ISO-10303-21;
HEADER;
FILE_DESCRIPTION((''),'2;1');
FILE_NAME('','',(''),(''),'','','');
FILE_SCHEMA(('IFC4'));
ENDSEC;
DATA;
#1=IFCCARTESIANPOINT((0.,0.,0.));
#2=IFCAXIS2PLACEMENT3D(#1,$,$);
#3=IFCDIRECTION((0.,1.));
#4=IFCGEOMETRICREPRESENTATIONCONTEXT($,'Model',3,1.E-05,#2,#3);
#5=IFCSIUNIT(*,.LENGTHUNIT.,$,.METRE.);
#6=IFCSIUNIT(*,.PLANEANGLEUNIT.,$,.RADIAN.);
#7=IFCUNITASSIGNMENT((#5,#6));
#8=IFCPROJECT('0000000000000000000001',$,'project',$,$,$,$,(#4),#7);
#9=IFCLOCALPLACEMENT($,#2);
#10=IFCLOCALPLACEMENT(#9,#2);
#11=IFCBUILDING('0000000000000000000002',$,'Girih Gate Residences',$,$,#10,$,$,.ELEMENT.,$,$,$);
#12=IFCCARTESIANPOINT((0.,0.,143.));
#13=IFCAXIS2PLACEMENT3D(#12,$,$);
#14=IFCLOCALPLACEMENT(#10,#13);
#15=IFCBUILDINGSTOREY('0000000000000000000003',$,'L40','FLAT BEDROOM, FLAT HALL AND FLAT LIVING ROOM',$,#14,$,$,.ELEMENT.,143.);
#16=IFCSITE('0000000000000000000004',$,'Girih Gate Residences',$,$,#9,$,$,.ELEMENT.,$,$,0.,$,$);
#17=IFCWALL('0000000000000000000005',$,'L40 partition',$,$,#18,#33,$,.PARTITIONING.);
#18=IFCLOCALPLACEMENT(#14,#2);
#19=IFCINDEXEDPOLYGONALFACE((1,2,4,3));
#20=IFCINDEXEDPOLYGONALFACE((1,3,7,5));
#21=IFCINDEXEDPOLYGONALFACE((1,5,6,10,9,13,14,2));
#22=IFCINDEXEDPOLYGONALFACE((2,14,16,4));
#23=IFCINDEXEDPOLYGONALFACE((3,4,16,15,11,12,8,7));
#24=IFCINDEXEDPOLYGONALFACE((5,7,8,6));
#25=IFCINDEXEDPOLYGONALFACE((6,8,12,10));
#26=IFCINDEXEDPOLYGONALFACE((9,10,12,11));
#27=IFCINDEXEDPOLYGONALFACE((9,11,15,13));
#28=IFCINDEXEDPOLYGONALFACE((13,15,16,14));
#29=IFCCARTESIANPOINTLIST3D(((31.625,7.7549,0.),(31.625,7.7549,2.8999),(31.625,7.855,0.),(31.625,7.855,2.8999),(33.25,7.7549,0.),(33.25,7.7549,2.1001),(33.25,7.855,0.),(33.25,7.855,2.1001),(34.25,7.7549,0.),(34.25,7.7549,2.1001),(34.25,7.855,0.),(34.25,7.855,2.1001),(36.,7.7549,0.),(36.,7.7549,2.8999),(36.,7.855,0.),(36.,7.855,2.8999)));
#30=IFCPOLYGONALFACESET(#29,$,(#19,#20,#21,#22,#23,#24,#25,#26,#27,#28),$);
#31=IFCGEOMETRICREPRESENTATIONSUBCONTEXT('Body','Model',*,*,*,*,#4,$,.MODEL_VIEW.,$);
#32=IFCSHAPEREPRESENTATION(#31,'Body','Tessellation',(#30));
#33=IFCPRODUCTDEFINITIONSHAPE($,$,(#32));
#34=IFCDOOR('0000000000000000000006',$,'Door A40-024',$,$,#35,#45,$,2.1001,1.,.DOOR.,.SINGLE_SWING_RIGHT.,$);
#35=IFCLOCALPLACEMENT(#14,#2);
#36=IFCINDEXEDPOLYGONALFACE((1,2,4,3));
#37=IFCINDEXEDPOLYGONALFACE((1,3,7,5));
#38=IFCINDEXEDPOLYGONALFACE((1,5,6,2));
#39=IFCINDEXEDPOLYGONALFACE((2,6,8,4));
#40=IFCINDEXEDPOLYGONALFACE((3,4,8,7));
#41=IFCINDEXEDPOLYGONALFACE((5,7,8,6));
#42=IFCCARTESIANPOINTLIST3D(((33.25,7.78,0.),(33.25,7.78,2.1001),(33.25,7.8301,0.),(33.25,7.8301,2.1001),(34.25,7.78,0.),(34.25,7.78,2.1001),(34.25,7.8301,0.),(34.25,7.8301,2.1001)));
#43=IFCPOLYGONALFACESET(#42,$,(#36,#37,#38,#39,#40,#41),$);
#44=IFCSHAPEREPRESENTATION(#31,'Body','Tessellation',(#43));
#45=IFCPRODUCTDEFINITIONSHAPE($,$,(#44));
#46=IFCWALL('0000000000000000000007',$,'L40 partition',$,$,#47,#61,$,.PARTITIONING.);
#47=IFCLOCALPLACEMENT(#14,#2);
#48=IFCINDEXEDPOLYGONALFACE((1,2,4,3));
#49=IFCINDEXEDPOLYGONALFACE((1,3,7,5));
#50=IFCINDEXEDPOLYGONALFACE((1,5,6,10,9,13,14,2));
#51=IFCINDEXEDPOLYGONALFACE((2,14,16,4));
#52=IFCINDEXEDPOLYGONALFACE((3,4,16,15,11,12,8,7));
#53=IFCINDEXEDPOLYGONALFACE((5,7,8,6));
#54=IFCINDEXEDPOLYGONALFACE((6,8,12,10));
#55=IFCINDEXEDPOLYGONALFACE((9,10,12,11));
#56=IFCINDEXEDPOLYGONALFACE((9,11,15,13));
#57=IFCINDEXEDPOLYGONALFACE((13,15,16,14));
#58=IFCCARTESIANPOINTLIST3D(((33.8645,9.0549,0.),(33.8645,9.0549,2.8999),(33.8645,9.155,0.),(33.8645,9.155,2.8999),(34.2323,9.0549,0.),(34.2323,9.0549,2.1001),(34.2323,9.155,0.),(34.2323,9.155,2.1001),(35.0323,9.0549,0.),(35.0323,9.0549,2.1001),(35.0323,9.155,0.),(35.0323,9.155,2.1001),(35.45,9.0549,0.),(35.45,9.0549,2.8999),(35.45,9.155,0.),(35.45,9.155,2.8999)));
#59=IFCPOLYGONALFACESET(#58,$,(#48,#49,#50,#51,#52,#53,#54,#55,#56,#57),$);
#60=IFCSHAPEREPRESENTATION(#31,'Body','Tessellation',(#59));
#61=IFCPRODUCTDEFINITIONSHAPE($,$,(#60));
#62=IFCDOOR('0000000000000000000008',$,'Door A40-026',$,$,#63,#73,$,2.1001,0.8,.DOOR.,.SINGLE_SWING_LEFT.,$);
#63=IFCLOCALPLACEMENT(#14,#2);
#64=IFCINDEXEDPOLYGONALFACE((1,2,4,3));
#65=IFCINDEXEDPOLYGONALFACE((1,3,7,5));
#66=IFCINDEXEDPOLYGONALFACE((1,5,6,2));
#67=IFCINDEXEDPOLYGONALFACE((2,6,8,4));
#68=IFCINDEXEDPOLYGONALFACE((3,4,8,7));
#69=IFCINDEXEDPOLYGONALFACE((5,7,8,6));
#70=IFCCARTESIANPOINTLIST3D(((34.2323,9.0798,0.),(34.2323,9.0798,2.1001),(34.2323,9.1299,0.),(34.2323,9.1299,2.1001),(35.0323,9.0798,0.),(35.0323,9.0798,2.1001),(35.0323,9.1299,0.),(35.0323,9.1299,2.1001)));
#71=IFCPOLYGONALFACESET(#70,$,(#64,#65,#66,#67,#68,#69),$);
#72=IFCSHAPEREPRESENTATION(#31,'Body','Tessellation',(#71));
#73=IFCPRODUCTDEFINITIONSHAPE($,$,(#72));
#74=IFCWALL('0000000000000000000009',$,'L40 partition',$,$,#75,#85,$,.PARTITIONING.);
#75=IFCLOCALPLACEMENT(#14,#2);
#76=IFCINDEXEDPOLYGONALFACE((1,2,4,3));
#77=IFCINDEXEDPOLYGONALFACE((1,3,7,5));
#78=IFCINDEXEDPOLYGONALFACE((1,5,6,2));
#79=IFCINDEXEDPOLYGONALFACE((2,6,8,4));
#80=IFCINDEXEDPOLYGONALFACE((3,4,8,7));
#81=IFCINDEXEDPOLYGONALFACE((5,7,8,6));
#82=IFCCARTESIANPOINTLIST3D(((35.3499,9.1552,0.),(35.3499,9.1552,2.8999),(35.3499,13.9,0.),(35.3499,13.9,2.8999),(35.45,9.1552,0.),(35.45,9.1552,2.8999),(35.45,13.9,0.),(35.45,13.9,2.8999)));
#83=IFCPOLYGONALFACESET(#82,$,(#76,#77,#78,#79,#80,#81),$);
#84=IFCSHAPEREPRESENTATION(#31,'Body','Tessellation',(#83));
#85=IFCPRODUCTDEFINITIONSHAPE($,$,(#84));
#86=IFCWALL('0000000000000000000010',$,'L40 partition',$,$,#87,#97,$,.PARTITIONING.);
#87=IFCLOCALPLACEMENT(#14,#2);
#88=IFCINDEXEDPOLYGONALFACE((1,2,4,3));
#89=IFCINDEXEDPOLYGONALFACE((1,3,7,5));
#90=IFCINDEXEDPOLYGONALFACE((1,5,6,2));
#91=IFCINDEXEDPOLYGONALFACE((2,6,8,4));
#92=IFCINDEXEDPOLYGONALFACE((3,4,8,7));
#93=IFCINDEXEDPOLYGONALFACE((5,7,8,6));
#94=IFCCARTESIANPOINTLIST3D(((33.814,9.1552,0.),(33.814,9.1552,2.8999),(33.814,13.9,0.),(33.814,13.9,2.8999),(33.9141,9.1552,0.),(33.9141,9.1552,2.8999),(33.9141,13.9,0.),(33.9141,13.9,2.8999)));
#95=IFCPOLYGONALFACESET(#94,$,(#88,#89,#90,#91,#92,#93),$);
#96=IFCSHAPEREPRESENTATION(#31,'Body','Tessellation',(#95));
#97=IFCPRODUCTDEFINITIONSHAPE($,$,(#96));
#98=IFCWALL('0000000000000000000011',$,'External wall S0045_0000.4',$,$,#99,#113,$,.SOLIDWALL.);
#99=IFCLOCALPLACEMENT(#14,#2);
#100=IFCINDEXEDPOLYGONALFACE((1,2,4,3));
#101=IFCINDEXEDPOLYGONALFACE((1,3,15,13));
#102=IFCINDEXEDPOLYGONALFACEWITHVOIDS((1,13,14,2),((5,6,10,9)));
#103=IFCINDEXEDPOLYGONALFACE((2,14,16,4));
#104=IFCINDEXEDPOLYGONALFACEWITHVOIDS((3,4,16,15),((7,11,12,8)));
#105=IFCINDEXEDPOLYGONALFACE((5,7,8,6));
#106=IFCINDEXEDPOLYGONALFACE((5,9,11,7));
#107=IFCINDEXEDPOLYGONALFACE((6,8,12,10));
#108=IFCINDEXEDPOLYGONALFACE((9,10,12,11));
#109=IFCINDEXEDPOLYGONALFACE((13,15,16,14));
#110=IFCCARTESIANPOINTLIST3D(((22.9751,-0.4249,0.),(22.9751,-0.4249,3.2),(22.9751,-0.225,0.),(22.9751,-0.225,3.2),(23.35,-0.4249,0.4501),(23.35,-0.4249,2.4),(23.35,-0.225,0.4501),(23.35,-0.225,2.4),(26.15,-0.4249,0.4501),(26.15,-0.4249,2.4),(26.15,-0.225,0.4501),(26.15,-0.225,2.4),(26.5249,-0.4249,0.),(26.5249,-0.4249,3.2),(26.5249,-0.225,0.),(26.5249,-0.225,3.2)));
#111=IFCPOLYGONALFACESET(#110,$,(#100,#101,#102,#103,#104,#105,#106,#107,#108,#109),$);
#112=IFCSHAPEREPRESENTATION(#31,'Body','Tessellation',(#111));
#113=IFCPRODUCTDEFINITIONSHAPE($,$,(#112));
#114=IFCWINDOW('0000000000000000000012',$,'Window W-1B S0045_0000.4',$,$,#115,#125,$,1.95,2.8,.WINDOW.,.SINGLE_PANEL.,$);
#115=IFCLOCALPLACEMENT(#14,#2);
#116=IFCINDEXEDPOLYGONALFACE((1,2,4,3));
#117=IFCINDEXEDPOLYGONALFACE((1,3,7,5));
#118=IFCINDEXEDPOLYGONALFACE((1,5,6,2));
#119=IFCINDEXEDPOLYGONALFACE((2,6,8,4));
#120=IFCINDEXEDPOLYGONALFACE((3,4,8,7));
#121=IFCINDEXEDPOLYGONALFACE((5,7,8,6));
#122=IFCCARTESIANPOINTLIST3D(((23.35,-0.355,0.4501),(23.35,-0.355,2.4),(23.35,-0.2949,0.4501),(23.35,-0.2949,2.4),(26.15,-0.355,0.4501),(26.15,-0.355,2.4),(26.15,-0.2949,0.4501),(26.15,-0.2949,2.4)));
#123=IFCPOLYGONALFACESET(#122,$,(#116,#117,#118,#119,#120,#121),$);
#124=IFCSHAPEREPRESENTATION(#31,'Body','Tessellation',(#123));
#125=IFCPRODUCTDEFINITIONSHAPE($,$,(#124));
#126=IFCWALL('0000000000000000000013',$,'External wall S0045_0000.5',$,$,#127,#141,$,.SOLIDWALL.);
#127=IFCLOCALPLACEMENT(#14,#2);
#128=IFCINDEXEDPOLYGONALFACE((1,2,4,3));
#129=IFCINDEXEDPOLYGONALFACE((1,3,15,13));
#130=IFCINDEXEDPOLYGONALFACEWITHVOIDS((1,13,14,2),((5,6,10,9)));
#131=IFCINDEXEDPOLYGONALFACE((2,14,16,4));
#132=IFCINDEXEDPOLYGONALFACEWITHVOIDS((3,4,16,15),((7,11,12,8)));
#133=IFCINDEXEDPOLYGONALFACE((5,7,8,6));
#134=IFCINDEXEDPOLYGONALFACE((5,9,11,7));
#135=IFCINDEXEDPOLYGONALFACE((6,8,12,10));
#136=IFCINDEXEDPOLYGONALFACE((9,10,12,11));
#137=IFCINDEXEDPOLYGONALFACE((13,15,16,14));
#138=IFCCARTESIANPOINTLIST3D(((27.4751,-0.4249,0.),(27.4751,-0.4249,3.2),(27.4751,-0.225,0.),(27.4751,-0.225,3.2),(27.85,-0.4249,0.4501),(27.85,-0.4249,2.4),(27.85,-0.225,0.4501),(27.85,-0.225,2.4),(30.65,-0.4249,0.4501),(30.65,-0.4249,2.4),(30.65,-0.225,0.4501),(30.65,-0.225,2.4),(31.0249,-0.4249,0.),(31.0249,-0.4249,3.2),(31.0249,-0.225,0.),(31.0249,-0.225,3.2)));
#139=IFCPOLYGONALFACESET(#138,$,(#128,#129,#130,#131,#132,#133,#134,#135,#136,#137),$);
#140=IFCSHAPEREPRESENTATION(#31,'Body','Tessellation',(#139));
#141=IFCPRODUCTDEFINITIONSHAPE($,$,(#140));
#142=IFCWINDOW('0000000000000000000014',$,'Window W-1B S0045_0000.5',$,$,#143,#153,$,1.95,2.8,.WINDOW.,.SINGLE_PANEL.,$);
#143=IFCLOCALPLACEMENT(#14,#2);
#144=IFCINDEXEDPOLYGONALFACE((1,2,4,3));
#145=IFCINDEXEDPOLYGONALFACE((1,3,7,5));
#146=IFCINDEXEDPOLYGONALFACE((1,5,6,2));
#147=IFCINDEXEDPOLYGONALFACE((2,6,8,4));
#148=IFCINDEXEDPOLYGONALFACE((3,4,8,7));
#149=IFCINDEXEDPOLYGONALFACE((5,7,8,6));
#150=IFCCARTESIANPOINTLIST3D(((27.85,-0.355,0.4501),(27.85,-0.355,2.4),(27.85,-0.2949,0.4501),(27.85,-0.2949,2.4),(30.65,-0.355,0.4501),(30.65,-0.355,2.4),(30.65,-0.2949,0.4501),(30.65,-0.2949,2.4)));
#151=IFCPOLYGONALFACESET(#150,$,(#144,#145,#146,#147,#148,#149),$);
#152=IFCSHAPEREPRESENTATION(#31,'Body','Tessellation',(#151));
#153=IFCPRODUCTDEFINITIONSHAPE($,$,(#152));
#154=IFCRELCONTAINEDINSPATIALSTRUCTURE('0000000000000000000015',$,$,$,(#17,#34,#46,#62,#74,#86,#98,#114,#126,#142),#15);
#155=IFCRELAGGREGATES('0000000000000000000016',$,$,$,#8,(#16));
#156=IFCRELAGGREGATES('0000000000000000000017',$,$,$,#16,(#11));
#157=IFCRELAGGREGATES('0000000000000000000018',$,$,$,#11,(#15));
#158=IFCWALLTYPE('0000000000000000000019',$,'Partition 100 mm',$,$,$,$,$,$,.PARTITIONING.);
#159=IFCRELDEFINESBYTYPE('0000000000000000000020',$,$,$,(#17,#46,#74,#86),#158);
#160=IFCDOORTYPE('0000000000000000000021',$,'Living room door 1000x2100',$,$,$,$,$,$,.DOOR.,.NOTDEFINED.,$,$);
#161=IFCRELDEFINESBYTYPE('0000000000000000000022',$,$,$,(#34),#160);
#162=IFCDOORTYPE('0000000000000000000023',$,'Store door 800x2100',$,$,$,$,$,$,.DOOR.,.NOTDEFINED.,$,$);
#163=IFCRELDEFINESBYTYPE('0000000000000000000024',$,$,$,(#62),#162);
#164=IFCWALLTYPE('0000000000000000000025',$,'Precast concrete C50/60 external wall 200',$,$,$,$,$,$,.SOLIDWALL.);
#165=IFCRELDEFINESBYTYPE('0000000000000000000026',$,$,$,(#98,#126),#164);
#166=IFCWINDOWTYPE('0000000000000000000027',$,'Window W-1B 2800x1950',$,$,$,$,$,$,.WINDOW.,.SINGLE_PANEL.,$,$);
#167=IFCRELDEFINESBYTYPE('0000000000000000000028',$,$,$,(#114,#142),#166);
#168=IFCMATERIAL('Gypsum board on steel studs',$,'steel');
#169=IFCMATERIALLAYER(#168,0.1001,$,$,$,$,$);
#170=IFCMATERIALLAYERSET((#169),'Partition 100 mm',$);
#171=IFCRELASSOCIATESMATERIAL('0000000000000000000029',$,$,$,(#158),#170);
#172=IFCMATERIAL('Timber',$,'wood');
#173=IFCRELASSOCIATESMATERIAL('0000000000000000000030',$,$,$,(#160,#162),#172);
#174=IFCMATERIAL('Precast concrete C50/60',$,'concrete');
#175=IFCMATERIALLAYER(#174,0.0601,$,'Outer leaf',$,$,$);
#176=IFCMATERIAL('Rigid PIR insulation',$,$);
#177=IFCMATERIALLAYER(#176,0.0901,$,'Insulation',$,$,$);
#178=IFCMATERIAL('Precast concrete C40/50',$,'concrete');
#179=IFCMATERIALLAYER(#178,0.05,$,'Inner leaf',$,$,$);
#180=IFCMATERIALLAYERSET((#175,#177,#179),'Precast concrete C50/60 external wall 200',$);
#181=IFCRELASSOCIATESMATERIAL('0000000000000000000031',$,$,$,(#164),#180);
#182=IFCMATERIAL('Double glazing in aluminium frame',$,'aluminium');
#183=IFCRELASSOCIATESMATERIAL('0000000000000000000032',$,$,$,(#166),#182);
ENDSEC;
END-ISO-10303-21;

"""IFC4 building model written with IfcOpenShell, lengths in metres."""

from ifc_helpers import new_model, si_unit, direction, frame, frame_2d, origin, place, context, subcontext, project, spatial, rectangle, extrude, material, layer, layer_set, type_object, element, fill, save


model = new_model("IFC4")

# Units and contexts
model_context = context("Model", 3, precision=1e-05, world=origin(), true_north=direction((0.0, 1.0)))
body_context = subcontext(model_context, "Body", "Model", "MODEL_VIEW")
ifc_project = project(units=[si_unit("LENGTHUNIT", "METRE"), si_unit("PLANEANGLEUNIT", "RADIAN")], contexts=[model_context])

# Site, building, storey
site_placement = place(None, origin())
site = spatial("IfcSite", under=ifc_project, at=site_placement, Name="Girih Gate Residences", CompositionType="ELEMENT", RefElevation=0.0)
building_placement = place(site_placement, origin())
building = spatial("IfcBuilding", under=site, at=building_placement, Name="Girih Gate Residences", CompositionType="ELEMENT")
storey_placement = place(building_placement, frame((0.0, 0.0, 143.0)))
storey = spatial("IfcBuildingStorey", under=building, at=storey_placement, Name="L40", Description="FLAT BEDROOM, FLAT HALL AND FLAT LIVING ROOM", CompositionType="ELEMENT", Elevation=143.0)

# Shared definitions
ifc_material_1 = material(Name="Gypsum board on steel studs", Category="steel")
ifc_layer_1 = layer(ifc_material_1, 0.1001)
ifc_layer_set_1 = layer_set([ifc_layer_1], Name="Partition 100 mm")
wall_type_1 = type_object("IfcWallType", Name="Partition 100 mm", PredefinedType="PARTITIONING", material=ifc_layer_set_1)

# Walls, openings, doors
ifc_material_2 = material(Name="Timber", Category="wood")
wall_1_placement = place(storey_placement, frame((36.0, 7.8049, 0.0), z_axis=(0.0, 0.0, 1.0), x_axis=(-1.0, 0.0, 0.0)))
wall_1 = element("IfcWall", 1, at=wall_1_placement, inside=storey, type_object=wall_type_1, Name="L40 partition", PredefinedType="PARTITIONING", context=body_context, shape_type="SweptSolid", body=[
    extrude(rectangle(XDim=4.375, YDim=0.1001, at=frame_2d((2.1875, 0.0))), origin(), (0.0, 0.0, 1.0), 2.8999),
])
opening_1_placement = place(wall_1_placement, frame((1.75, 0.0, 0.0)))
opening_1 = element("IfcOpeningElement", 2, at=opening_1_placement, cuts=wall_1, PredefinedType="OPENING", context=body_context, shape_type="SweptSolid", body=[
    extrude(rectangle(XDim=1.0, YDim=2.1001, at=frame_2d((0.5, 1.05))), frame((0.0, 0.0601, 0.0), z_axis=(0.0, -1.0, 0.0), x_axis=(1.0, 0.0, 0.0)), (0.0, 0.0, 1.0), 0.1201),
])
door_type_1 = type_object("IfcDoorType", Name="Living room door 1000x2100", OperationType="NOTDEFINED", PredefinedType="DOOR", material=ifc_material_2)
door_1_placement = place(opening_1_placement, origin())
door_1 = element("IfcDoor", 3, at=door_1_placement, inside=storey, type_object=door_type_1, Name="Door A40-024", OperationType="SINGLE_SWING_RIGHT", OverallHeight=2.1001, OverallWidth=1.0, PredefinedType="DOOR", context=body_context, shape_type="SweptSolid", body=[
    extrude(rectangle(XDim=1.0, YDim=2.1001, at=frame_2d((0.5, 1.05))), frame((0.0, 0.0249, 0.0), z_axis=(0.0, -1.0, 0.0), x_axis=(1.0, 0.0, 0.0)), (0.0, 0.0, 1.0), 0.05),
])
fill(opening_1, door_1)
wall_2_placement = place(storey_placement, frame((33.8645, 9.105, 0.0), z_axis=(0.0, 0.0, 1.0), x_axis=(1.0, 0.0, 0.0)))
wall_2 = element("IfcWall", 4, at=wall_2_placement, inside=storey, type_object=wall_type_1, Name="L40 partition", PredefinedType="PARTITIONING", context=body_context, shape_type="SweptSolid", body=[
    extrude(rectangle(XDim=1.5854, YDim=0.1001, at=frame_2d((0.7927, 0.0))), origin(), (0.0, 0.0, 1.0), 2.8999),
])
opening_2_placement = place(wall_2_placement, frame((0.3679, 0.0, 0.0)))
opening_2 = element("IfcOpeningElement", 5, at=opening_2_placement, cuts=wall_2, PredefinedType="OPENING", context=body_context, shape_type="SweptSolid", body=[
    extrude(rectangle(XDim=0.8, YDim=2.1001, at=frame_2d((0.3999, 1.05))), frame((0.0, 0.0601, 0.0), z_axis=(0.0, -1.0, 0.0), x_axis=(1.0, 0.0, 0.0)), (0.0, 0.0, 1.0), 0.1201),
])
door_type_2 = type_object("IfcDoorType", Name="Store door 800x2100", OperationType="NOTDEFINED", PredefinedType="DOOR", material=ifc_material_2)
door_2_placement = place(opening_2_placement, origin())
door_2 = element("IfcDoor", 6, at=door_2_placement, inside=storey, type_object=door_type_2, Name="Door A40-026", OperationType="SINGLE_SWING_LEFT", OverallHeight=2.1001, OverallWidth=0.8, PredefinedType="DOOR", context=body_context, shape_type="SweptSolid", body=[
    extrude(rectangle(XDim=0.8, YDim=2.1001, at=frame_2d((0.3999, 1.05))), frame((0.0, 0.0249, 0.0), z_axis=(0.0, -1.0, 0.0), x_axis=(1.0, 0.0, 0.0)), (0.0, 0.0, 1.0), 0.05),
])
fill(opening_2, door_2)

# Walls
for number, where, z_axis, x_axis, name in (
    (7, (35.3999, 9.155, 0.0), (0.0, 0.0, 1.0), (0.0, 1.0, 0.0), "L40 partition"),
    (8, (33.864, 9.155, 0.0), (0.0, 0.0, 1.0), (0.0, 1.0, 0.0), "L40 partition"),
):
    element("IfcWall", number, at=place(storey_placement, frame(where, z_axis=z_axis, x_axis=x_axis)), inside=storey, type_object=wall_type_1, Name=name, PredefinedType="PARTITIONING", context=body_context, shape_type="SweptSolid", body=[
        extrude(rectangle(XDim=4.7449, YDim=0.1001, at=frame_2d((2.3726, 0.0))), origin(), (0.0, 0.0, 1.0), 2.8999),
    ])

# Walls, openings, windows
ifc_material_3 = material(Name="Precast concrete C50/60", Category="concrete")
ifc_layer_2 = layer(ifc_material_3, 0.0601, Name="Outer leaf")
ifc_material_4 = material(Name="Rigid PIR insulation")
ifc_layer_3 = layer(ifc_material_4, 0.0901, Name="Insulation")
ifc_material_5 = material(Name="Precast concrete C40/50", Category="concrete")
ifc_layer_4 = layer(ifc_material_5, 0.05, Name="Inner leaf")
ifc_layer_set_2 = layer_set([ifc_layer_2, ifc_layer_3, ifc_layer_4], Name="Precast concrete C50/60 external wall 200")
wall_type_2 = type_object("IfcWallType", Name="Precast concrete C50/60 external wall 200", PredefinedType="SOLIDWALL", material=ifc_layer_set_2)
wall_3_placement = place(storey_placement, frame((26.5249, -0.325, 0.0), z_axis=(0.0, 0.0, 1.0), x_axis=(-1.0, 0.0, 0.0)))
wall_3 = element("IfcWall", 9, at=wall_3_placement, inside=storey, type_object=wall_type_2, Name="External wall S0045_0000.4", PredefinedType="SOLIDWALL", context=body_context, shape_type="SweptSolid", body=[
    extrude(rectangle(XDim=3.5498, YDim=0.2, at=frame_2d((1.7749, 0.0))), origin(), (0.0, 0.0, 1.0), 3.2),
])
opening_3_placement = place(wall_3_placement, frame((0.375, 0.0, 0.45)))
opening_3 = element("IfcOpeningElement", 10, at=opening_3_placement, cuts=wall_3, PredefinedType="OPENING", context=body_context, shape_type="SweptSolid", body=[
    extrude(rectangle(XDim=2.8, YDim=1.95, at=frame_2d((1.3999, 0.9751))), frame((0.0, 0.1099, 0.0), z_axis=(0.0, -1.0, 0.0), x_axis=(1.0, 0.0, 0.0)), (0.0, 0.0, 1.0), 0.22),
])
ifc_material_6 = material(Name="Double glazing in aluminium frame", Category="aluminium")
window_type = type_object("IfcWindowType", Name="Window W-1B 2800x1950", PartitioningType="SINGLE_PANEL", PredefinedType="WINDOW", material=ifc_material_6)
window_1_placement = place(opening_3_placement, origin())
window_1 = element("IfcWindow", 11, at=window_1_placement, inside=storey, type_object=window_type, Name="Window W-1B S0045_0000.4", OverallHeight=1.95, OverallWidth=2.8, PartitioningType="SINGLE_PANEL", PredefinedType="WINDOW", context=body_context, shape_type="SweptSolid", body=[
    extrude(rectangle(XDim=2.8, YDim=1.95, at=frame_2d((1.3999, 0.9751))), frame((0.0, 0.03, 0.0), z_axis=(0.0, -1.0, 0.0), x_axis=(1.0, 0.0, 0.0)), (0.0, 0.0, 1.0), 0.0601),
])
fill(opening_3, window_1)
wall_4_placement = place(storey_placement, frame((31.0249, -0.325, 0.0), z_axis=(0.0, 0.0, 1.0), x_axis=(-1.0, 0.0, 0.0)))
wall_4 = element("IfcWall", 12, at=wall_4_placement, inside=storey, type_object=wall_type_2, Name="External wall S0045_0000.5", PredefinedType="SOLIDWALL", context=body_context, shape_type="SweptSolid", body=[
    extrude(rectangle(XDim=3.5498, YDim=0.2, at=frame_2d((1.7749, 0.0))), origin(), (0.0, 0.0, 1.0), 3.2),
])
opening_4_placement = place(wall_4_placement, frame((0.375, 0.0, 0.45)))
opening_4 = element("IfcOpeningElement", 13, at=opening_4_placement, cuts=wall_4, PredefinedType="OPENING", context=body_context, shape_type="SweptSolid", body=[
    extrude(rectangle(XDim=2.8, YDim=1.95, at=frame_2d((1.3999, 0.9751))), frame((0.0, 0.1099, 0.0), z_axis=(0.0, -1.0, 0.0), x_axis=(1.0, 0.0, 0.0)), (0.0, 0.0, 1.0), 0.22),
])
window_2_placement = place(opening_4_placement, origin())
window_2 = element("IfcWindow", 14, at=window_2_placement, inside=storey, type_object=window_type, Name="Window W-1B S0045_0000.5", OverallHeight=1.95, OverallWidth=2.8, PartitioningType="SINGLE_PANEL", PredefinedType="WINDOW", context=body_context, shape_type="SweptSolid", body=[
    extrude(rectangle(XDim=2.8, YDim=1.95, at=frame_2d((1.3999, 0.9751))), frame((0.0, 0.03, 0.0), z_axis=(0.0, -1.0, 0.0), x_axis=(1.0, 0.0, 0.0)), (0.0, 0.0, 1.0), 0.0601),
])
fill(opening_4, window_2)

save(model, "model.ifc")
